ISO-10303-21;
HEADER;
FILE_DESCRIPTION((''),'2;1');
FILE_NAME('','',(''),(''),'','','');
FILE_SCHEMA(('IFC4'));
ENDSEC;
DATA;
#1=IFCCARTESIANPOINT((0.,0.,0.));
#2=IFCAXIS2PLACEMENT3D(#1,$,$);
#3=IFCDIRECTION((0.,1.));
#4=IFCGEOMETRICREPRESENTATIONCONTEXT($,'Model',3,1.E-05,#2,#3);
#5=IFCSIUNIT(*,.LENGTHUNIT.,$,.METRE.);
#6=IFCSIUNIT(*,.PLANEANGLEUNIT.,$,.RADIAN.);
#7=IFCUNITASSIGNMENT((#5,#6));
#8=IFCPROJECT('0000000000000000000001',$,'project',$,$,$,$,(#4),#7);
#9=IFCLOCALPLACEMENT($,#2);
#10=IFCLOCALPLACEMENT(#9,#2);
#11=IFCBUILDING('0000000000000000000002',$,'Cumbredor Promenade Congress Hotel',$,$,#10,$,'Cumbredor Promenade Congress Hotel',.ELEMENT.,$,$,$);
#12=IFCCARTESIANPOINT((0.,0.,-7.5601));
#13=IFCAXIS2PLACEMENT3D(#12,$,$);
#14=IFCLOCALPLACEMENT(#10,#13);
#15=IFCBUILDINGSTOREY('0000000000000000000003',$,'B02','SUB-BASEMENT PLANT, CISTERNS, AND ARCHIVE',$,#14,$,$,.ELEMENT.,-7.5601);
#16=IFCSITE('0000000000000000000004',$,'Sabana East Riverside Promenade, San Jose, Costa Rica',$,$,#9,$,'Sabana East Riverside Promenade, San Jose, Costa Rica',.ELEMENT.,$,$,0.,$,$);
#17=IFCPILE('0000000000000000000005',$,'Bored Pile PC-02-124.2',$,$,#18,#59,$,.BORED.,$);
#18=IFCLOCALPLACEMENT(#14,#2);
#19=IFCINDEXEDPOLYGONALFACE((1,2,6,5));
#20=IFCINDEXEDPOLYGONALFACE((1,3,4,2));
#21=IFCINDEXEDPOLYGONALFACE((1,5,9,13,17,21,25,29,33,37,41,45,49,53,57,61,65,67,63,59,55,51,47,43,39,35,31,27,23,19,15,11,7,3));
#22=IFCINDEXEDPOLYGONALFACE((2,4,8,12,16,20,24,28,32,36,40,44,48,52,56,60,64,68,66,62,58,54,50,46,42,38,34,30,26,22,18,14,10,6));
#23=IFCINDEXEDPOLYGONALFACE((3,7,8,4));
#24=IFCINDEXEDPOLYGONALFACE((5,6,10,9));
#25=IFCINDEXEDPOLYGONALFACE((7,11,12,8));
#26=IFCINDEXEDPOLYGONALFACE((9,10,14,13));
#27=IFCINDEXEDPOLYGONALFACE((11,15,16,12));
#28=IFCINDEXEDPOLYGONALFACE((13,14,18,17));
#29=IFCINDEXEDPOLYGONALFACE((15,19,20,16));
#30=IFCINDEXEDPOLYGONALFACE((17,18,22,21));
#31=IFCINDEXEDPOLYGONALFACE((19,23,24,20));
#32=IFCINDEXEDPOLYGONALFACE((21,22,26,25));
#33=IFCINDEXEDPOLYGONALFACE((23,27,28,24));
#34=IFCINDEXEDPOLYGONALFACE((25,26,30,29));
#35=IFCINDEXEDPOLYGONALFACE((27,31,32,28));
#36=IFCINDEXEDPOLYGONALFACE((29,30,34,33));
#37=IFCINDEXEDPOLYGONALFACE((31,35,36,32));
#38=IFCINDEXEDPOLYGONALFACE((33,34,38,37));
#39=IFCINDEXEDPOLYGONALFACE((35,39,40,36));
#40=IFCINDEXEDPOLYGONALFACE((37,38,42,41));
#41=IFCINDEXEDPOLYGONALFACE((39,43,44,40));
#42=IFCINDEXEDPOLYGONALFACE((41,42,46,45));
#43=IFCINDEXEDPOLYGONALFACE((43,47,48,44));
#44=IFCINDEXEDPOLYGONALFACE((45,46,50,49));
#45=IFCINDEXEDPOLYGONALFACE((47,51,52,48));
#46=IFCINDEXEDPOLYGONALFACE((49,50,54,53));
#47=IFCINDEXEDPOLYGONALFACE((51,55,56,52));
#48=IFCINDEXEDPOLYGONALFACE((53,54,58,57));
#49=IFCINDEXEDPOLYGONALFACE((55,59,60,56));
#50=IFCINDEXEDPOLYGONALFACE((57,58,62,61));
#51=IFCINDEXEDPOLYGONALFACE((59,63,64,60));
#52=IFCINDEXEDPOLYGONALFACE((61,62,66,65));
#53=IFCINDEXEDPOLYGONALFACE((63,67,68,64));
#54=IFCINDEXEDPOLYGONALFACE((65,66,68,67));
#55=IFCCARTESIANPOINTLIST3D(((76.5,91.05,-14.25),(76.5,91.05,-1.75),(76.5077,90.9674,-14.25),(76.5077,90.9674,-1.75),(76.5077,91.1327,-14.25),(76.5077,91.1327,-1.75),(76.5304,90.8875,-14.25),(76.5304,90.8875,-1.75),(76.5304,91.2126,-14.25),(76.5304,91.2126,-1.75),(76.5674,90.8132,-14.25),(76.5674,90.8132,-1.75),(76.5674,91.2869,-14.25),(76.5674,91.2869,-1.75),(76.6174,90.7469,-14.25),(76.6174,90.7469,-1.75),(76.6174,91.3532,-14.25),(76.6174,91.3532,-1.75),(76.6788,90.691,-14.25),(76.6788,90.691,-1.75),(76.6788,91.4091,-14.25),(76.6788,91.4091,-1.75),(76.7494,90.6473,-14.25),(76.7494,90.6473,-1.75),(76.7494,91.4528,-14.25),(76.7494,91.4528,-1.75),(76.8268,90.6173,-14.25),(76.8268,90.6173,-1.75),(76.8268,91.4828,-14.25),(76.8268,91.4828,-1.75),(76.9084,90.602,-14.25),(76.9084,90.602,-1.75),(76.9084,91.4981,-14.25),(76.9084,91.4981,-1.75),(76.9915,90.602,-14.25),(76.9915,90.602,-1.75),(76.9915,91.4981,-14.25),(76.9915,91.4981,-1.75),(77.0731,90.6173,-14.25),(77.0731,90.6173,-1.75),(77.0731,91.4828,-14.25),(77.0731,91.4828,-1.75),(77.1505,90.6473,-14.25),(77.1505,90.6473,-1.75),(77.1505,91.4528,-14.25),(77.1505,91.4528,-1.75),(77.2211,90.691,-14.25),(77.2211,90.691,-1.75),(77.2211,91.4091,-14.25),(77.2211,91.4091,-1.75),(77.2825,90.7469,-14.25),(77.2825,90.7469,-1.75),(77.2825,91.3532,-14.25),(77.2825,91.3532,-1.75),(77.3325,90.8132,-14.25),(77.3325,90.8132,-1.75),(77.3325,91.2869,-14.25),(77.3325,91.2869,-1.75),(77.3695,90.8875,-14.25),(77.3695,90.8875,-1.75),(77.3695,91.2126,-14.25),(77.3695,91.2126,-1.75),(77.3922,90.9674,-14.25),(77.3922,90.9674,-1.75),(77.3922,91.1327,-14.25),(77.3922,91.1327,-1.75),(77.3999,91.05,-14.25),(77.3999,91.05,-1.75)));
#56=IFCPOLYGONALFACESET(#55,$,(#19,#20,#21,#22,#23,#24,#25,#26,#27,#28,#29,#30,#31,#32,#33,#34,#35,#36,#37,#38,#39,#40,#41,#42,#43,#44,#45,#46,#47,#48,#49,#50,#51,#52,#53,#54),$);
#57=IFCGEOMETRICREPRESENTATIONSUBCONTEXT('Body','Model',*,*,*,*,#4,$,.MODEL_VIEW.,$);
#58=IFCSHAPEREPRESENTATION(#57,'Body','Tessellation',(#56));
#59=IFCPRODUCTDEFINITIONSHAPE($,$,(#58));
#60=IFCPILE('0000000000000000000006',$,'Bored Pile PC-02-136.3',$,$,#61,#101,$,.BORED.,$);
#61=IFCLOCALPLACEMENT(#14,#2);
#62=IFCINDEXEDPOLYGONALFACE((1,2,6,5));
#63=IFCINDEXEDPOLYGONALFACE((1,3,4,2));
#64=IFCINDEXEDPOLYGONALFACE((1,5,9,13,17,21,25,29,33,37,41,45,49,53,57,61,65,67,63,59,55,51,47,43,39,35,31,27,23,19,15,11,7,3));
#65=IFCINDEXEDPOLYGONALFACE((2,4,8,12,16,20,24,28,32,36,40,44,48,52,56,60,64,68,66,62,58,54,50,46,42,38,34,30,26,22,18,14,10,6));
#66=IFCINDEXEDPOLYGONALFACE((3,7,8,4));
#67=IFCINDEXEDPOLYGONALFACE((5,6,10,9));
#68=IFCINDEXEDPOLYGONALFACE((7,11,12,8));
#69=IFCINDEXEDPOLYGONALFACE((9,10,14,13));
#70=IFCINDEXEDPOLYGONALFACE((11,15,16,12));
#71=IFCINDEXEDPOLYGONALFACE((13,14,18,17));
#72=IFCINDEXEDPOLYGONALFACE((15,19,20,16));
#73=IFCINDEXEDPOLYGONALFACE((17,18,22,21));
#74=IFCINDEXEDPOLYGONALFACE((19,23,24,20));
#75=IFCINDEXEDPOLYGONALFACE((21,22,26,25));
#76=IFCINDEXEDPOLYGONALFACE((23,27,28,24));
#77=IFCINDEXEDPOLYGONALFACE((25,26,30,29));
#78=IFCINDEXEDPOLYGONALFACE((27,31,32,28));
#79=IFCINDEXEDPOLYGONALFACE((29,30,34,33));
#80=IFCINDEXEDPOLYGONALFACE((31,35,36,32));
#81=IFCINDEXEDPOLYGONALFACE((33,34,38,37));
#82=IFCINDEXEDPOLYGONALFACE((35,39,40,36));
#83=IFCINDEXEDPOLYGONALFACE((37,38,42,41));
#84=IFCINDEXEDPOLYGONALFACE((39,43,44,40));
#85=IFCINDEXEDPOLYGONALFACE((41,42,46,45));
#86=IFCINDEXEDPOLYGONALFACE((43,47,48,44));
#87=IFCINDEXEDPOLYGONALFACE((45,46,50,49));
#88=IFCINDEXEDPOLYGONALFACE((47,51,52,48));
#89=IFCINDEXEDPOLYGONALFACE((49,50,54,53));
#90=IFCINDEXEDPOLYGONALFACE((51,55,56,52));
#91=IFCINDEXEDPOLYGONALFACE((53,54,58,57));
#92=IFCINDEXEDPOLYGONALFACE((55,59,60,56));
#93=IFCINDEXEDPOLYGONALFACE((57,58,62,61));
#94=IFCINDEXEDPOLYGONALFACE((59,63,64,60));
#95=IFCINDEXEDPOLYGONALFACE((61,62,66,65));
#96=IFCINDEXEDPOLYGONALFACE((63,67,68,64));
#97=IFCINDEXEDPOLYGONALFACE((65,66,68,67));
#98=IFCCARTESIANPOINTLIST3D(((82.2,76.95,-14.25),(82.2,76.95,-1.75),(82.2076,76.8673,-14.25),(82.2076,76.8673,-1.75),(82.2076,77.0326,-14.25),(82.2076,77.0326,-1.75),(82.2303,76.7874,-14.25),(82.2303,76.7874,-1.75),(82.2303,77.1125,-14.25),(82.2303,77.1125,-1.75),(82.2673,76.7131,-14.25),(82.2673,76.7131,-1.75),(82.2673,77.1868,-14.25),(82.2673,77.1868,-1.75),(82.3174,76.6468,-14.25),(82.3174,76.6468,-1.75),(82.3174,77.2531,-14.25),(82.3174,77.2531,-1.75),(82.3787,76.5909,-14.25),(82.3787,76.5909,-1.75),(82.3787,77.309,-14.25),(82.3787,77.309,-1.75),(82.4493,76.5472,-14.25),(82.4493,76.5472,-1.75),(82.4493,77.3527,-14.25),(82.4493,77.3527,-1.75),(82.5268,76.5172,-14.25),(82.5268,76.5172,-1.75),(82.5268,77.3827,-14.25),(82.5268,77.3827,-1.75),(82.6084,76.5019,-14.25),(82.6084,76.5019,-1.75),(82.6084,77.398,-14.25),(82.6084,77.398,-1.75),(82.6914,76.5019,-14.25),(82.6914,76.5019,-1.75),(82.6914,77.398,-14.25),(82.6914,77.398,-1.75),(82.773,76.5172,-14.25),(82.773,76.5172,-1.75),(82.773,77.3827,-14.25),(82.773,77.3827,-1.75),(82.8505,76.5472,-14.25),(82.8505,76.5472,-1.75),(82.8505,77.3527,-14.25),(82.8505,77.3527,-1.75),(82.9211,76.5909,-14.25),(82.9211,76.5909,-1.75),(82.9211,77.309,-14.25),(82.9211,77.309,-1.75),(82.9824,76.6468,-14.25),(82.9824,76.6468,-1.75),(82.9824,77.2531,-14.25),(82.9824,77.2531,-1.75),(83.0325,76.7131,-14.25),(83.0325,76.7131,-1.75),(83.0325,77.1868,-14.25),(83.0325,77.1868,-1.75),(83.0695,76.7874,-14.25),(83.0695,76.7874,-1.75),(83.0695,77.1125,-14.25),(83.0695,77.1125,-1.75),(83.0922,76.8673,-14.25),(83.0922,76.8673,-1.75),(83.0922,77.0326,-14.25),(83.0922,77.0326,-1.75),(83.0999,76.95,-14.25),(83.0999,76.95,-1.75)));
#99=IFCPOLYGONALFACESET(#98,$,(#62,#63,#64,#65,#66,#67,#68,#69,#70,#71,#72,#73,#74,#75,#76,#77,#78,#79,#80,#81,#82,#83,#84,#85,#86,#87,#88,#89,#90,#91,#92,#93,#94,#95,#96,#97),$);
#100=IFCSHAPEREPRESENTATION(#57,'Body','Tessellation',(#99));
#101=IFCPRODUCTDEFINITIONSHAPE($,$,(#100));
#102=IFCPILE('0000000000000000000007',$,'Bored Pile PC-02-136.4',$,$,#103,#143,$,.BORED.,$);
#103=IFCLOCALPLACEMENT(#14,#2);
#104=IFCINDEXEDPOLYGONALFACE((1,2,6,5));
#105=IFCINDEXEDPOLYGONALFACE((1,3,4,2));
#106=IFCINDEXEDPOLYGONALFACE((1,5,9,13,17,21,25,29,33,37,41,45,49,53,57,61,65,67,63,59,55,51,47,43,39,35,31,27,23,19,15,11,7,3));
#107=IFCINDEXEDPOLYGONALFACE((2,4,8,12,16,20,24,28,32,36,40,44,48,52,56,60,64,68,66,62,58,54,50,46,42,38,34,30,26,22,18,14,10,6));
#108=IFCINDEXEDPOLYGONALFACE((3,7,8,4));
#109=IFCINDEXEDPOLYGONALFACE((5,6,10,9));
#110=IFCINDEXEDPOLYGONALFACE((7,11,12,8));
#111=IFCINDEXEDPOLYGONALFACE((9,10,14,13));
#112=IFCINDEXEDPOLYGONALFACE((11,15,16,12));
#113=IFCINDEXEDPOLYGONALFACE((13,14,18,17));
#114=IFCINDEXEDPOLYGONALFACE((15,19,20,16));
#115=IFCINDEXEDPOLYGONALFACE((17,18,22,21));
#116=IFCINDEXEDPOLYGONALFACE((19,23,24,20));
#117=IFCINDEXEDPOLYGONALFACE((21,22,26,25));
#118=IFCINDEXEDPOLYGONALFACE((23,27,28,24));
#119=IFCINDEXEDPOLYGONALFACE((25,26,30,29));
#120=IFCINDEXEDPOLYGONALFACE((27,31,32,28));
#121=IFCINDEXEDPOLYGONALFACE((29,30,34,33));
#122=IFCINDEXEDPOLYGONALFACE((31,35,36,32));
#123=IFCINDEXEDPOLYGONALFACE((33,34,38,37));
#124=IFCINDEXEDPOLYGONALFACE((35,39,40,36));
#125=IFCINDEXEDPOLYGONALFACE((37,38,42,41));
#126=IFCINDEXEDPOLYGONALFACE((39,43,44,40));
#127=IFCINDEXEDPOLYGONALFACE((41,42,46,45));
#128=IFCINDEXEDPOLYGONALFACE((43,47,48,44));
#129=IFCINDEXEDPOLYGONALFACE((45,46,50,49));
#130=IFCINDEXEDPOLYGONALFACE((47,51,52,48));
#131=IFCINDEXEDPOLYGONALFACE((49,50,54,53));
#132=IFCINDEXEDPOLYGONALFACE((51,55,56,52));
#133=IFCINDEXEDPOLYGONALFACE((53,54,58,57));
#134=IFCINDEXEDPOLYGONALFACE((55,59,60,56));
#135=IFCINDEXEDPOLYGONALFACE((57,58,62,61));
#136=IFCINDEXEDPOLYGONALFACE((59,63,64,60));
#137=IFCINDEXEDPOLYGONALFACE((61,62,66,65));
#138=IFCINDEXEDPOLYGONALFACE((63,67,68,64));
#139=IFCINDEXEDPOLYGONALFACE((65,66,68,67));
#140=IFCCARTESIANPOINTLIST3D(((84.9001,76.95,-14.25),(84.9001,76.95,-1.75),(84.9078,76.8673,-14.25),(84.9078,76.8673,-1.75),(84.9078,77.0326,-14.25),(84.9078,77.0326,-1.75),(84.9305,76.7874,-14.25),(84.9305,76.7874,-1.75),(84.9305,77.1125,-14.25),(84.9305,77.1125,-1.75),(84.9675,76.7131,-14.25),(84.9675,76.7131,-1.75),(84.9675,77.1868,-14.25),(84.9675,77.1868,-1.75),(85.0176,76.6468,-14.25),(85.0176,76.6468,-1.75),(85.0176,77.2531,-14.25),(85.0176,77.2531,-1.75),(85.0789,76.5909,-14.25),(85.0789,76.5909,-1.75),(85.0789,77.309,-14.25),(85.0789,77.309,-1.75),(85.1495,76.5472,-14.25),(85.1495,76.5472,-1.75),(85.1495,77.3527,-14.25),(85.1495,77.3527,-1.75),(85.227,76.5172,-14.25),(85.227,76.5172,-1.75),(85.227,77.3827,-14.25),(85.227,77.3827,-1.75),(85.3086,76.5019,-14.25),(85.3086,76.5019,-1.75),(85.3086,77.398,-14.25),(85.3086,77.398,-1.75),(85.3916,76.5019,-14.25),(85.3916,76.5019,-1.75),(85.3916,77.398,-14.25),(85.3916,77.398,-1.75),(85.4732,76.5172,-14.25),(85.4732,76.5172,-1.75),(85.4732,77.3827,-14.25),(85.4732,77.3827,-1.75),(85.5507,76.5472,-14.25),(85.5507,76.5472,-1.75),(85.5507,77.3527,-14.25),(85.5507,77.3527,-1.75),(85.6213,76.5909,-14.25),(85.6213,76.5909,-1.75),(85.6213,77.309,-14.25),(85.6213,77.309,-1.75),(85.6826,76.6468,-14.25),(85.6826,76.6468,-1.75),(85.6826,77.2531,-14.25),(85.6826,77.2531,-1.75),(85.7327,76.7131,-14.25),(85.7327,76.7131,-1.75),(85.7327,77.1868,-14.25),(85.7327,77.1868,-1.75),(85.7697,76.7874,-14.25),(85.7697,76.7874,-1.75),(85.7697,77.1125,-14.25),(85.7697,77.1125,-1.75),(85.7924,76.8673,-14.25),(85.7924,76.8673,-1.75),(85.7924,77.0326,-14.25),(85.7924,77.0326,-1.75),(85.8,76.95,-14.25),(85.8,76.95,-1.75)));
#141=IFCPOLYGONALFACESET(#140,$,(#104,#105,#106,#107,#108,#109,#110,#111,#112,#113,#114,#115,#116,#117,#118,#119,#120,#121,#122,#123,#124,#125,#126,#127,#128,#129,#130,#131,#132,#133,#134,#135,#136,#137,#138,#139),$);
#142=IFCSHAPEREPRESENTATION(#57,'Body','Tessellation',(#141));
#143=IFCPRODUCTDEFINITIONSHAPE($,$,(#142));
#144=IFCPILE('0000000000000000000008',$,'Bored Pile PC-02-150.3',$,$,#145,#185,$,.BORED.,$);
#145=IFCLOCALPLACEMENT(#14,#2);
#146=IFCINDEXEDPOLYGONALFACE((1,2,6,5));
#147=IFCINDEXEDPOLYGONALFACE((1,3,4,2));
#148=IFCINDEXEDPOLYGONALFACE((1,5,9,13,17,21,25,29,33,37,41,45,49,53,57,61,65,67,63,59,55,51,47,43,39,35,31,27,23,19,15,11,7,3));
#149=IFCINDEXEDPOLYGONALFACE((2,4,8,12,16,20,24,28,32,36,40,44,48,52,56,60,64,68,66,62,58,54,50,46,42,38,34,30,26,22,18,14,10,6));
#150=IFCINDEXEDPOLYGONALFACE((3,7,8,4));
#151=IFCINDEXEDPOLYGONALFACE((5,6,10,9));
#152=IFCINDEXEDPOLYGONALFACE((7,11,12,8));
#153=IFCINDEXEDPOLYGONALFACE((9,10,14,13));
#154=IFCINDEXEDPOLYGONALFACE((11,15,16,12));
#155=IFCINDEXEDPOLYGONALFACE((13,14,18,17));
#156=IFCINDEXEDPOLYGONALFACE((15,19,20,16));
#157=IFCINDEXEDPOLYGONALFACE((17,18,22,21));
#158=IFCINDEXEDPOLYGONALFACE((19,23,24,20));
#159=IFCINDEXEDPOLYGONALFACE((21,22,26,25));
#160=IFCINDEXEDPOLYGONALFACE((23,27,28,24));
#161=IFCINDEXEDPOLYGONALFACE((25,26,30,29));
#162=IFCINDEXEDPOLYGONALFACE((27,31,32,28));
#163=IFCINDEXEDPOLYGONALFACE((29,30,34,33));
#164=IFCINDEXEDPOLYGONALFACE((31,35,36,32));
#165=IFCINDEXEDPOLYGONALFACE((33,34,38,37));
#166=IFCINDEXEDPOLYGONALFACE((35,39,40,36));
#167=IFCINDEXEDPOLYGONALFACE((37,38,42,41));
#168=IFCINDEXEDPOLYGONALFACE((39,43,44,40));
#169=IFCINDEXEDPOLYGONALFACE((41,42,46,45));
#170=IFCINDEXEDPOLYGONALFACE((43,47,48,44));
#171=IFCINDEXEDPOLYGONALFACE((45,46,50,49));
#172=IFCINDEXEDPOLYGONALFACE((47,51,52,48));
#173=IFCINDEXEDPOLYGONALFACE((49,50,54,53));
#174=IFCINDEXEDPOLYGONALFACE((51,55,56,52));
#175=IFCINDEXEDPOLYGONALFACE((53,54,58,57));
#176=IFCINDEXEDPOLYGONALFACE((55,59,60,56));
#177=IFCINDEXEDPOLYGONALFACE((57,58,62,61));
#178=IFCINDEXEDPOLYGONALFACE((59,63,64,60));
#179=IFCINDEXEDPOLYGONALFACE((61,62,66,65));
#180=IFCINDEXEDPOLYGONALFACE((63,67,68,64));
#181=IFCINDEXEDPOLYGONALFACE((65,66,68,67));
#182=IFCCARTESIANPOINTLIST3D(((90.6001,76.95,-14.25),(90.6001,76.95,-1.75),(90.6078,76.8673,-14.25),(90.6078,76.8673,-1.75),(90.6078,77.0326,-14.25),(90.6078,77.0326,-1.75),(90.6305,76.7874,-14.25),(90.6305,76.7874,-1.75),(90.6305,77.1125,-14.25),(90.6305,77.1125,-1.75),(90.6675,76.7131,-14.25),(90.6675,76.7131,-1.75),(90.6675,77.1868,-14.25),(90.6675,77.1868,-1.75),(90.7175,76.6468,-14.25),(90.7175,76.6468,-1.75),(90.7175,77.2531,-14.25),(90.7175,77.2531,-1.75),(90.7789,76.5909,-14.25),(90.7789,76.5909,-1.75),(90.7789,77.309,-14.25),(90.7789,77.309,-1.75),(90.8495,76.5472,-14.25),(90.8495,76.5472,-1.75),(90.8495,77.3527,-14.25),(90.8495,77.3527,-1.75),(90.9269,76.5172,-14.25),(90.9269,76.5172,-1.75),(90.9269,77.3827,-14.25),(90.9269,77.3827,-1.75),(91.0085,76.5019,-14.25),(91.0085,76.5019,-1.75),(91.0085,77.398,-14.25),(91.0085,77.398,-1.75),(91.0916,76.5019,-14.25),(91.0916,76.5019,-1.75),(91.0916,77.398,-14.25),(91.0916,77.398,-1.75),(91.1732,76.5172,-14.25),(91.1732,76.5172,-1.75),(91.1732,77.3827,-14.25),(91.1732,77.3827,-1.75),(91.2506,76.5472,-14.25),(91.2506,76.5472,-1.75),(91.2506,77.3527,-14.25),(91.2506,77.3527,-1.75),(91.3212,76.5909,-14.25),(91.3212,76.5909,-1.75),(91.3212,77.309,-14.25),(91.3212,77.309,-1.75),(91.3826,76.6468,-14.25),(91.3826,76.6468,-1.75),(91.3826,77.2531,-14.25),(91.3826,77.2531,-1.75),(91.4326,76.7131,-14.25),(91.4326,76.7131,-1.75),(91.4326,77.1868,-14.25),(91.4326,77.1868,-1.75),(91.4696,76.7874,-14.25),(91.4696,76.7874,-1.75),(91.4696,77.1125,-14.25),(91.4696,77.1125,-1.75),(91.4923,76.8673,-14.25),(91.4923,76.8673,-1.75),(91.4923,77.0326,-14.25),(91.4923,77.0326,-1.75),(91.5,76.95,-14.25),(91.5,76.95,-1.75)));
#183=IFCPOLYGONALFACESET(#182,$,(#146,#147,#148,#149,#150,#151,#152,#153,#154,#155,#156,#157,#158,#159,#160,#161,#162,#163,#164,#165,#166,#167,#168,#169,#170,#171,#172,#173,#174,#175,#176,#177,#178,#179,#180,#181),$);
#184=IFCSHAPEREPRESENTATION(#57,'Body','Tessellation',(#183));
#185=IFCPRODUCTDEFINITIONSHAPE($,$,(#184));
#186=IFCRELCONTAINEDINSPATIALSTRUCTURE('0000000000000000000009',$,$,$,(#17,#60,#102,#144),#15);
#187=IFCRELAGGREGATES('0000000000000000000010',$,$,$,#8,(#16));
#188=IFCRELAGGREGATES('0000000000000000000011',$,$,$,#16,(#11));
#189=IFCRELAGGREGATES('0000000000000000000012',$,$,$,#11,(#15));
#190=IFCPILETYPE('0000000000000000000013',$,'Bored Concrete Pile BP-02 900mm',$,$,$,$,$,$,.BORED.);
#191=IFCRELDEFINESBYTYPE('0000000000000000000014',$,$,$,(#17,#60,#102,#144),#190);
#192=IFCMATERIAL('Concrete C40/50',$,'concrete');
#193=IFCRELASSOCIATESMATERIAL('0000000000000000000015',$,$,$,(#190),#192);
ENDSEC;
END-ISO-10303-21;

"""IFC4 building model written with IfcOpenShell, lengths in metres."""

from ifc_helpers import new_model, si_unit, direction, frame, origin, origin_2d, place, context, subcontext, project, spatial, circle, extrude, material, material_profile, profile_set, type_object, element, save


model = new_model("IFC4")

# Units and contexts
model_context = context("Model", 3, precision=1e-05, world=origin(), true_north=direction((0.0, 1.0)))
body_context = subcontext(model_context, "Body", "Model", "MODEL_VIEW")
ifc_project = project(units=[si_unit("LENGTHUNIT", "METRE"), si_unit("PLANEANGLEUNIT", "RADIAN")], contexts=[model_context])

# Site, building, storey
site_placement = place(None, origin())
site = spatial("IfcSite", under=ifc_project, at=site_placement, Name="Sabana East Riverside Promenade, San Jose, Costa Rica", LongName="Sabana East Riverside Promenade, San Jose, Costa Rica", CompositionType="ELEMENT", RefElevation=0.0)
building_placement = place(site_placement, origin())
building = spatial("IfcBuilding", under=site, at=building_placement, Name="Cumbredor Promenade Congress Hotel", LongName="Cumbredor Promenade Congress Hotel", CompositionType="ELEMENT")
storey_placement = place(building_placement, frame((0.0, 0.0, -7.5601)))
storey = spatial("IfcBuildingStorey", under=building, at=storey_placement, Name="B02", Description="SUB-BASEMENT PLANT, CISTERNS, AND ARCHIVE", CompositionType="ELEMENT", Elevation=-7.5601)

# Piles
ifc_material_1 = material(Name="Concrete C40/50", Category="concrete")
ifc_material_profile_1 = material_profile(ifc_material_1, circle(Radius=0.45, at=origin_2d()), Name="PILE D900")
ifc_profile_set_1 = profile_set([ifc_material_profile_1], Name="Concrete C40/50")
pile_type_1 = type_object("IfcPileType", Name="Bored Concrete Pile BP-02 900mm", PredefinedType="BORED", material=ifc_profile_set_1)
for number, where, z_axis, x_axis, name in (
    (1, (76.95, 91.05, -1.75), (0.0, 0.0, -1.0), (1.0, 0.0, 0.0), "Bored Pile PC-02-124.2"),
    (2, (82.6499, 76.95, -1.75), (0.0, 0.0, -1.0), (1.0, 0.0, 0.0), "Bored Pile PC-02-136.3"),
    (3, (85.3501, 76.95, -1.75), (0.0, 0.0, -1.0), (1.0, 0.0, 0.0), "Bored Pile PC-02-136.4"),
    (4, (91.05, 76.95, -1.75), (0.0, 0.0, -1.0), (1.0, 0.0, 0.0), "Bored Pile PC-02-150.3"),
):
    element("IfcPile", number, at=place(storey_placement, frame(where, z_axis=z_axis, x_axis=x_axis)), inside=storey, type_object=pile_type_1, Name=name, PredefinedType="BORED", context=body_context, shape_type="SweptSolid", body=[
        extrude(circle(Radius=0.45, at=origin_2d()), origin(), (0.0, 0.0, 1.0), 12.5),
    ])

save(model, "model.ifc")
